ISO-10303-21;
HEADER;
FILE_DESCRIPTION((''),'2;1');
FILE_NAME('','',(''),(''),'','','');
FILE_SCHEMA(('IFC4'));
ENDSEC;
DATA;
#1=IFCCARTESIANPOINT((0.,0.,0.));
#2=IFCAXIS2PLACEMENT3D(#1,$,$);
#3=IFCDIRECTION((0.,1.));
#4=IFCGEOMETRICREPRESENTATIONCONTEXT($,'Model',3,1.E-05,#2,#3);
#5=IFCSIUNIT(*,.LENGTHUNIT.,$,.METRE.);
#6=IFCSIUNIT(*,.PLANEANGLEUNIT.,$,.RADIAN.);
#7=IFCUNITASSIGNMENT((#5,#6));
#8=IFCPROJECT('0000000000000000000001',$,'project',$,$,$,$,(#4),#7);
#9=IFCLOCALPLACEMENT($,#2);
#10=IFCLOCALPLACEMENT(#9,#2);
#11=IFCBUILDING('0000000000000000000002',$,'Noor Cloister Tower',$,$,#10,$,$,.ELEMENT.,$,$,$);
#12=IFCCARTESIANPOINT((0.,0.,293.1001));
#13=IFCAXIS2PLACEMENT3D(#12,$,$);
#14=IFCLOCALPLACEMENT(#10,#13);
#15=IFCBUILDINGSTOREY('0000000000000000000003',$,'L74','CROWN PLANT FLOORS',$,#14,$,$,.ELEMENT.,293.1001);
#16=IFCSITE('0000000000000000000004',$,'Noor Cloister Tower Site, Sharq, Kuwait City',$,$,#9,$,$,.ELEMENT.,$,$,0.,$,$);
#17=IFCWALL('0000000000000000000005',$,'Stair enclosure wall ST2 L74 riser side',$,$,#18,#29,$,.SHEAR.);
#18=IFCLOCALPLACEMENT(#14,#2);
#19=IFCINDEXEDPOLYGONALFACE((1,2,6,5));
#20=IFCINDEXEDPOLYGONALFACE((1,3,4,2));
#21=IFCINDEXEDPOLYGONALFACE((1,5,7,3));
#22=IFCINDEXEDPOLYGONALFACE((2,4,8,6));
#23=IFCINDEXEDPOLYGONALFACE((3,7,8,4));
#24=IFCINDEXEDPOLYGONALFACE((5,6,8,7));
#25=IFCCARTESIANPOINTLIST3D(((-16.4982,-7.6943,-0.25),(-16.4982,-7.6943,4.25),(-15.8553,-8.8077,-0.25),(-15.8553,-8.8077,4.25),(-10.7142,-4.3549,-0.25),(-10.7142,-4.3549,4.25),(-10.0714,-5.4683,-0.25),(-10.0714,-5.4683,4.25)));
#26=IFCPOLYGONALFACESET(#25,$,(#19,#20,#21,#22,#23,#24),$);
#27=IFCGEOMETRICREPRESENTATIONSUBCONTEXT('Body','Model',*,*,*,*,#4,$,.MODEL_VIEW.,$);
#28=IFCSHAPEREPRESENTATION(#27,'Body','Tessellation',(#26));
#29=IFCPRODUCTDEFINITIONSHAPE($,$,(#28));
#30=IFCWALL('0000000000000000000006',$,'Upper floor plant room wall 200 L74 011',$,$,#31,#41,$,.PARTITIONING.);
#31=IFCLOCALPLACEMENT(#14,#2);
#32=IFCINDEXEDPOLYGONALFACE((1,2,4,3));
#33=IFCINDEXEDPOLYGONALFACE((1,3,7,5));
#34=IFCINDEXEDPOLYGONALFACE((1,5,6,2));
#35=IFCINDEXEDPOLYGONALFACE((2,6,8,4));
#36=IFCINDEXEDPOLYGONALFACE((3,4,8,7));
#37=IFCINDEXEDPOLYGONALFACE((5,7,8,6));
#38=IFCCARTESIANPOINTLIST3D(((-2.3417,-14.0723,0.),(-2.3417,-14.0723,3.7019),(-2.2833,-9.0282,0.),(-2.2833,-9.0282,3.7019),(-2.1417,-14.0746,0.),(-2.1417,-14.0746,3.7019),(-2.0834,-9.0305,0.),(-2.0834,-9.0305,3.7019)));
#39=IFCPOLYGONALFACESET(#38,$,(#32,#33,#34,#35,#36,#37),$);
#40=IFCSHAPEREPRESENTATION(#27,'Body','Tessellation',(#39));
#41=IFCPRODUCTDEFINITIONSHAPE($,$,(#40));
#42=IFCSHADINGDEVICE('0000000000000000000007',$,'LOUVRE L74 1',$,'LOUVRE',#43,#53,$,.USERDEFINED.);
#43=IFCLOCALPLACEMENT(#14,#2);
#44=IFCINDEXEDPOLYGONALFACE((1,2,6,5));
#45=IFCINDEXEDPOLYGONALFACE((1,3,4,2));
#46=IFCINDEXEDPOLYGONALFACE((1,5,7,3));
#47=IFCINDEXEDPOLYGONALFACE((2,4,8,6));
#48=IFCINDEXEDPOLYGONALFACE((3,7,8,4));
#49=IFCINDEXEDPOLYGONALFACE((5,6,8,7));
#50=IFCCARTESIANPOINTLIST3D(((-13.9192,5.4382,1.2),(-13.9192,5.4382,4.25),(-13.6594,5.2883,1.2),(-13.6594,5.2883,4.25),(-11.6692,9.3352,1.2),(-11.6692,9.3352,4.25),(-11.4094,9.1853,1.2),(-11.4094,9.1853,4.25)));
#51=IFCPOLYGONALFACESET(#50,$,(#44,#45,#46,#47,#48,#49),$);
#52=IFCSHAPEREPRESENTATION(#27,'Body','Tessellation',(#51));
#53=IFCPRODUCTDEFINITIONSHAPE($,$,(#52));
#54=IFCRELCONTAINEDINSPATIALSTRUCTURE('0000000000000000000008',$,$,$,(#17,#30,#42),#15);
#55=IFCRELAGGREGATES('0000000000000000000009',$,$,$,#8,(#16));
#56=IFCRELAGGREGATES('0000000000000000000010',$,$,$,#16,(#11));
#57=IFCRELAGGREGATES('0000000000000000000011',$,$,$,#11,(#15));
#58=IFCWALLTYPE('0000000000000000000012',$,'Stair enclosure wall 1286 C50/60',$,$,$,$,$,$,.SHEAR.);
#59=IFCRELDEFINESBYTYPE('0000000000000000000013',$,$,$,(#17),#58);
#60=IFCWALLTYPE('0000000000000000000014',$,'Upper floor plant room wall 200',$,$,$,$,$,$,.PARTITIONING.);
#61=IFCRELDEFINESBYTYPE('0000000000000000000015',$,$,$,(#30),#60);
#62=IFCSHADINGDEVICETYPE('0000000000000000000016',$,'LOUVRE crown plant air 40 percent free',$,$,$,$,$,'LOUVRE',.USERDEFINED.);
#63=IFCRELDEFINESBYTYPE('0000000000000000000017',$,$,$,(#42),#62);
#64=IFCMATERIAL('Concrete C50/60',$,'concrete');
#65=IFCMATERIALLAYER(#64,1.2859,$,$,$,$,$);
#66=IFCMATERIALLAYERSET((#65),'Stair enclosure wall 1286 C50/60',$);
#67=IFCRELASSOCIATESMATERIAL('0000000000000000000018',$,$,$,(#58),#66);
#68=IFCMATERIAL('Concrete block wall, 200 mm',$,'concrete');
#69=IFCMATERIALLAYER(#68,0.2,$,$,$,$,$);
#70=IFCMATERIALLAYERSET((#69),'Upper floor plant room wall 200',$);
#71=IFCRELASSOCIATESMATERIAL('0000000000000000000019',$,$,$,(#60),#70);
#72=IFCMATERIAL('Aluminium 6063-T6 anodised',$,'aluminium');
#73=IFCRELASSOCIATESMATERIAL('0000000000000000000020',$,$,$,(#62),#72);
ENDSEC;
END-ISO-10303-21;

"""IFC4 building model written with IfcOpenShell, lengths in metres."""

from ifc_helpers import new_model, si_unit, direction, frame, frame_2d, origin, place, context, subcontext, project, spatial, polyline, rectangle, outline, extrude, material, layer, layer_set, type_object, element, save


model = new_model("IFC4")

# Units and contexts
model_context = context("Model", 3, precision=1e-05, world=origin(), true_north=direction((0.0, 1.0)))
body_context = subcontext(model_context, "Body", "Model", "MODEL_VIEW")
ifc_project = project(units=[si_unit("LENGTHUNIT", "METRE"), si_unit("PLANEANGLEUNIT", "RADIAN")], contexts=[model_context])

# Site, building, storey
site_placement = place(None, origin())
site = spatial("IfcSite", under=ifc_project, at=site_placement, Name="Noor Cloister Tower Site, Sharq, Kuwait City", CompositionType="ELEMENT", RefElevation=0.0)
building_placement = place(site_placement, origin())
building = spatial("IfcBuilding", under=site, at=building_placement, Name="Noor Cloister Tower", CompositionType="ELEMENT")
storey_placement = place(building_placement, frame((0.0, 0.0, 293.1001)))
storey = spatial("IfcBuildingStorey", under=building, at=storey_placement, Name="L74", Description="CROWN PLANT FLOORS", CompositionType="ELEMENT", Elevation=293.1001)

# Walls
ifc_material_1 = material(Name="Concrete C50/60", Category="concrete")
ifc_layer_1 = layer(ifc_material_1, 1.2859)
ifc_layer_set_1 = layer_set([ifc_layer_1], Name="Stair enclosure wall 1286 C50/60")
wall_type_1 = type_object("IfcWallType", Name="Stair enclosure wall 1286 C50/60", PredefinedType="SHEAR", material=ifc_layer_set_1)
wall_1_placement = place(storey_placement, frame((-10.3928, -4.9116, -0.25), z_axis=(0.0, 0.0, 1.0), x_axis=(-0.866025, -0.5, 0.0)))
element("IfcWall", 1, at=wall_1_placement, inside=storey, type_object=wall_type_1, Name="Stair enclosure wall ST2 L74 riser side", PredefinedType="SHEAR", context=body_context, shape_type="SweptSolid", body=[
    extrude(rectangle(XDim=6.6787, YDim=1.2856, at=frame_2d((3.3394, 0.0))), origin(), (0.0, 0.0, 1.0), 4.5),
])
ifc_material_2 = material(Name="Concrete block wall, 200 mm", Category="concrete")
ifc_layer_2 = layer(ifc_material_2, 0.2)
ifc_layer_set_2 = layer_set([ifc_layer_2], Name="Upper floor plant room wall 200")
wall_type_2 = type_object("IfcWallType", Name="Upper floor plant room wall 200", PredefinedType="PARTITIONING", material=ifc_layer_set_2)
wall_2_placement = place(storey_placement, frame((-2.2417, -14.0735, 0.0), z_axis=(0.0, 0.0, 1.0), x_axis=(0.011567, 0.999933, 0.0)))
element("IfcWall", 2, at=wall_2_placement, inside=storey, type_object=wall_type_2, Name="Upper floor plant room wall 200 L74 011", PredefinedType="PARTITIONING", context=body_context, shape_type="SweptSolid", body=[
    extrude(rectangle(XDim=5.0444, YDim=0.2, at=frame_2d((2.5222, 0.0))), origin(), (0.0, 0.0, 1.0), 3.7019),
])

# Shading device
ifc_material_3 = material(Name="Aluminium 6063-T6 anodised", Category="aluminium")
shading_device_type = type_object("IfcShadingDeviceType", Name="LOUVRE crown plant air 40 percent free", ElementType="LOUVRE", PredefinedType="USERDEFINED", material=ifc_material_3)
shading_device_placement = place(storey_placement, frame((0.0, 0.0, 1.2)))
element("IfcShadingDevice", 3, at=shading_device_placement, inside=storey, type_object=shading_device_type, Name="LOUVRE L74 1", ObjectType="LOUVRE", PredefinedType="USERDEFINED", context=body_context, shape_type="SweptSolid", body=[
    extrude(outline(polyline([(-11.6692, 9.3352), (-13.9192, 5.4382), (-13.6594, 5.2883), (-11.4094, 9.1853), (-11.6692, 9.3352)])), origin(), (0.0, 0.0, 1.0), 3.05),
])

save(model, "model.ifc")
